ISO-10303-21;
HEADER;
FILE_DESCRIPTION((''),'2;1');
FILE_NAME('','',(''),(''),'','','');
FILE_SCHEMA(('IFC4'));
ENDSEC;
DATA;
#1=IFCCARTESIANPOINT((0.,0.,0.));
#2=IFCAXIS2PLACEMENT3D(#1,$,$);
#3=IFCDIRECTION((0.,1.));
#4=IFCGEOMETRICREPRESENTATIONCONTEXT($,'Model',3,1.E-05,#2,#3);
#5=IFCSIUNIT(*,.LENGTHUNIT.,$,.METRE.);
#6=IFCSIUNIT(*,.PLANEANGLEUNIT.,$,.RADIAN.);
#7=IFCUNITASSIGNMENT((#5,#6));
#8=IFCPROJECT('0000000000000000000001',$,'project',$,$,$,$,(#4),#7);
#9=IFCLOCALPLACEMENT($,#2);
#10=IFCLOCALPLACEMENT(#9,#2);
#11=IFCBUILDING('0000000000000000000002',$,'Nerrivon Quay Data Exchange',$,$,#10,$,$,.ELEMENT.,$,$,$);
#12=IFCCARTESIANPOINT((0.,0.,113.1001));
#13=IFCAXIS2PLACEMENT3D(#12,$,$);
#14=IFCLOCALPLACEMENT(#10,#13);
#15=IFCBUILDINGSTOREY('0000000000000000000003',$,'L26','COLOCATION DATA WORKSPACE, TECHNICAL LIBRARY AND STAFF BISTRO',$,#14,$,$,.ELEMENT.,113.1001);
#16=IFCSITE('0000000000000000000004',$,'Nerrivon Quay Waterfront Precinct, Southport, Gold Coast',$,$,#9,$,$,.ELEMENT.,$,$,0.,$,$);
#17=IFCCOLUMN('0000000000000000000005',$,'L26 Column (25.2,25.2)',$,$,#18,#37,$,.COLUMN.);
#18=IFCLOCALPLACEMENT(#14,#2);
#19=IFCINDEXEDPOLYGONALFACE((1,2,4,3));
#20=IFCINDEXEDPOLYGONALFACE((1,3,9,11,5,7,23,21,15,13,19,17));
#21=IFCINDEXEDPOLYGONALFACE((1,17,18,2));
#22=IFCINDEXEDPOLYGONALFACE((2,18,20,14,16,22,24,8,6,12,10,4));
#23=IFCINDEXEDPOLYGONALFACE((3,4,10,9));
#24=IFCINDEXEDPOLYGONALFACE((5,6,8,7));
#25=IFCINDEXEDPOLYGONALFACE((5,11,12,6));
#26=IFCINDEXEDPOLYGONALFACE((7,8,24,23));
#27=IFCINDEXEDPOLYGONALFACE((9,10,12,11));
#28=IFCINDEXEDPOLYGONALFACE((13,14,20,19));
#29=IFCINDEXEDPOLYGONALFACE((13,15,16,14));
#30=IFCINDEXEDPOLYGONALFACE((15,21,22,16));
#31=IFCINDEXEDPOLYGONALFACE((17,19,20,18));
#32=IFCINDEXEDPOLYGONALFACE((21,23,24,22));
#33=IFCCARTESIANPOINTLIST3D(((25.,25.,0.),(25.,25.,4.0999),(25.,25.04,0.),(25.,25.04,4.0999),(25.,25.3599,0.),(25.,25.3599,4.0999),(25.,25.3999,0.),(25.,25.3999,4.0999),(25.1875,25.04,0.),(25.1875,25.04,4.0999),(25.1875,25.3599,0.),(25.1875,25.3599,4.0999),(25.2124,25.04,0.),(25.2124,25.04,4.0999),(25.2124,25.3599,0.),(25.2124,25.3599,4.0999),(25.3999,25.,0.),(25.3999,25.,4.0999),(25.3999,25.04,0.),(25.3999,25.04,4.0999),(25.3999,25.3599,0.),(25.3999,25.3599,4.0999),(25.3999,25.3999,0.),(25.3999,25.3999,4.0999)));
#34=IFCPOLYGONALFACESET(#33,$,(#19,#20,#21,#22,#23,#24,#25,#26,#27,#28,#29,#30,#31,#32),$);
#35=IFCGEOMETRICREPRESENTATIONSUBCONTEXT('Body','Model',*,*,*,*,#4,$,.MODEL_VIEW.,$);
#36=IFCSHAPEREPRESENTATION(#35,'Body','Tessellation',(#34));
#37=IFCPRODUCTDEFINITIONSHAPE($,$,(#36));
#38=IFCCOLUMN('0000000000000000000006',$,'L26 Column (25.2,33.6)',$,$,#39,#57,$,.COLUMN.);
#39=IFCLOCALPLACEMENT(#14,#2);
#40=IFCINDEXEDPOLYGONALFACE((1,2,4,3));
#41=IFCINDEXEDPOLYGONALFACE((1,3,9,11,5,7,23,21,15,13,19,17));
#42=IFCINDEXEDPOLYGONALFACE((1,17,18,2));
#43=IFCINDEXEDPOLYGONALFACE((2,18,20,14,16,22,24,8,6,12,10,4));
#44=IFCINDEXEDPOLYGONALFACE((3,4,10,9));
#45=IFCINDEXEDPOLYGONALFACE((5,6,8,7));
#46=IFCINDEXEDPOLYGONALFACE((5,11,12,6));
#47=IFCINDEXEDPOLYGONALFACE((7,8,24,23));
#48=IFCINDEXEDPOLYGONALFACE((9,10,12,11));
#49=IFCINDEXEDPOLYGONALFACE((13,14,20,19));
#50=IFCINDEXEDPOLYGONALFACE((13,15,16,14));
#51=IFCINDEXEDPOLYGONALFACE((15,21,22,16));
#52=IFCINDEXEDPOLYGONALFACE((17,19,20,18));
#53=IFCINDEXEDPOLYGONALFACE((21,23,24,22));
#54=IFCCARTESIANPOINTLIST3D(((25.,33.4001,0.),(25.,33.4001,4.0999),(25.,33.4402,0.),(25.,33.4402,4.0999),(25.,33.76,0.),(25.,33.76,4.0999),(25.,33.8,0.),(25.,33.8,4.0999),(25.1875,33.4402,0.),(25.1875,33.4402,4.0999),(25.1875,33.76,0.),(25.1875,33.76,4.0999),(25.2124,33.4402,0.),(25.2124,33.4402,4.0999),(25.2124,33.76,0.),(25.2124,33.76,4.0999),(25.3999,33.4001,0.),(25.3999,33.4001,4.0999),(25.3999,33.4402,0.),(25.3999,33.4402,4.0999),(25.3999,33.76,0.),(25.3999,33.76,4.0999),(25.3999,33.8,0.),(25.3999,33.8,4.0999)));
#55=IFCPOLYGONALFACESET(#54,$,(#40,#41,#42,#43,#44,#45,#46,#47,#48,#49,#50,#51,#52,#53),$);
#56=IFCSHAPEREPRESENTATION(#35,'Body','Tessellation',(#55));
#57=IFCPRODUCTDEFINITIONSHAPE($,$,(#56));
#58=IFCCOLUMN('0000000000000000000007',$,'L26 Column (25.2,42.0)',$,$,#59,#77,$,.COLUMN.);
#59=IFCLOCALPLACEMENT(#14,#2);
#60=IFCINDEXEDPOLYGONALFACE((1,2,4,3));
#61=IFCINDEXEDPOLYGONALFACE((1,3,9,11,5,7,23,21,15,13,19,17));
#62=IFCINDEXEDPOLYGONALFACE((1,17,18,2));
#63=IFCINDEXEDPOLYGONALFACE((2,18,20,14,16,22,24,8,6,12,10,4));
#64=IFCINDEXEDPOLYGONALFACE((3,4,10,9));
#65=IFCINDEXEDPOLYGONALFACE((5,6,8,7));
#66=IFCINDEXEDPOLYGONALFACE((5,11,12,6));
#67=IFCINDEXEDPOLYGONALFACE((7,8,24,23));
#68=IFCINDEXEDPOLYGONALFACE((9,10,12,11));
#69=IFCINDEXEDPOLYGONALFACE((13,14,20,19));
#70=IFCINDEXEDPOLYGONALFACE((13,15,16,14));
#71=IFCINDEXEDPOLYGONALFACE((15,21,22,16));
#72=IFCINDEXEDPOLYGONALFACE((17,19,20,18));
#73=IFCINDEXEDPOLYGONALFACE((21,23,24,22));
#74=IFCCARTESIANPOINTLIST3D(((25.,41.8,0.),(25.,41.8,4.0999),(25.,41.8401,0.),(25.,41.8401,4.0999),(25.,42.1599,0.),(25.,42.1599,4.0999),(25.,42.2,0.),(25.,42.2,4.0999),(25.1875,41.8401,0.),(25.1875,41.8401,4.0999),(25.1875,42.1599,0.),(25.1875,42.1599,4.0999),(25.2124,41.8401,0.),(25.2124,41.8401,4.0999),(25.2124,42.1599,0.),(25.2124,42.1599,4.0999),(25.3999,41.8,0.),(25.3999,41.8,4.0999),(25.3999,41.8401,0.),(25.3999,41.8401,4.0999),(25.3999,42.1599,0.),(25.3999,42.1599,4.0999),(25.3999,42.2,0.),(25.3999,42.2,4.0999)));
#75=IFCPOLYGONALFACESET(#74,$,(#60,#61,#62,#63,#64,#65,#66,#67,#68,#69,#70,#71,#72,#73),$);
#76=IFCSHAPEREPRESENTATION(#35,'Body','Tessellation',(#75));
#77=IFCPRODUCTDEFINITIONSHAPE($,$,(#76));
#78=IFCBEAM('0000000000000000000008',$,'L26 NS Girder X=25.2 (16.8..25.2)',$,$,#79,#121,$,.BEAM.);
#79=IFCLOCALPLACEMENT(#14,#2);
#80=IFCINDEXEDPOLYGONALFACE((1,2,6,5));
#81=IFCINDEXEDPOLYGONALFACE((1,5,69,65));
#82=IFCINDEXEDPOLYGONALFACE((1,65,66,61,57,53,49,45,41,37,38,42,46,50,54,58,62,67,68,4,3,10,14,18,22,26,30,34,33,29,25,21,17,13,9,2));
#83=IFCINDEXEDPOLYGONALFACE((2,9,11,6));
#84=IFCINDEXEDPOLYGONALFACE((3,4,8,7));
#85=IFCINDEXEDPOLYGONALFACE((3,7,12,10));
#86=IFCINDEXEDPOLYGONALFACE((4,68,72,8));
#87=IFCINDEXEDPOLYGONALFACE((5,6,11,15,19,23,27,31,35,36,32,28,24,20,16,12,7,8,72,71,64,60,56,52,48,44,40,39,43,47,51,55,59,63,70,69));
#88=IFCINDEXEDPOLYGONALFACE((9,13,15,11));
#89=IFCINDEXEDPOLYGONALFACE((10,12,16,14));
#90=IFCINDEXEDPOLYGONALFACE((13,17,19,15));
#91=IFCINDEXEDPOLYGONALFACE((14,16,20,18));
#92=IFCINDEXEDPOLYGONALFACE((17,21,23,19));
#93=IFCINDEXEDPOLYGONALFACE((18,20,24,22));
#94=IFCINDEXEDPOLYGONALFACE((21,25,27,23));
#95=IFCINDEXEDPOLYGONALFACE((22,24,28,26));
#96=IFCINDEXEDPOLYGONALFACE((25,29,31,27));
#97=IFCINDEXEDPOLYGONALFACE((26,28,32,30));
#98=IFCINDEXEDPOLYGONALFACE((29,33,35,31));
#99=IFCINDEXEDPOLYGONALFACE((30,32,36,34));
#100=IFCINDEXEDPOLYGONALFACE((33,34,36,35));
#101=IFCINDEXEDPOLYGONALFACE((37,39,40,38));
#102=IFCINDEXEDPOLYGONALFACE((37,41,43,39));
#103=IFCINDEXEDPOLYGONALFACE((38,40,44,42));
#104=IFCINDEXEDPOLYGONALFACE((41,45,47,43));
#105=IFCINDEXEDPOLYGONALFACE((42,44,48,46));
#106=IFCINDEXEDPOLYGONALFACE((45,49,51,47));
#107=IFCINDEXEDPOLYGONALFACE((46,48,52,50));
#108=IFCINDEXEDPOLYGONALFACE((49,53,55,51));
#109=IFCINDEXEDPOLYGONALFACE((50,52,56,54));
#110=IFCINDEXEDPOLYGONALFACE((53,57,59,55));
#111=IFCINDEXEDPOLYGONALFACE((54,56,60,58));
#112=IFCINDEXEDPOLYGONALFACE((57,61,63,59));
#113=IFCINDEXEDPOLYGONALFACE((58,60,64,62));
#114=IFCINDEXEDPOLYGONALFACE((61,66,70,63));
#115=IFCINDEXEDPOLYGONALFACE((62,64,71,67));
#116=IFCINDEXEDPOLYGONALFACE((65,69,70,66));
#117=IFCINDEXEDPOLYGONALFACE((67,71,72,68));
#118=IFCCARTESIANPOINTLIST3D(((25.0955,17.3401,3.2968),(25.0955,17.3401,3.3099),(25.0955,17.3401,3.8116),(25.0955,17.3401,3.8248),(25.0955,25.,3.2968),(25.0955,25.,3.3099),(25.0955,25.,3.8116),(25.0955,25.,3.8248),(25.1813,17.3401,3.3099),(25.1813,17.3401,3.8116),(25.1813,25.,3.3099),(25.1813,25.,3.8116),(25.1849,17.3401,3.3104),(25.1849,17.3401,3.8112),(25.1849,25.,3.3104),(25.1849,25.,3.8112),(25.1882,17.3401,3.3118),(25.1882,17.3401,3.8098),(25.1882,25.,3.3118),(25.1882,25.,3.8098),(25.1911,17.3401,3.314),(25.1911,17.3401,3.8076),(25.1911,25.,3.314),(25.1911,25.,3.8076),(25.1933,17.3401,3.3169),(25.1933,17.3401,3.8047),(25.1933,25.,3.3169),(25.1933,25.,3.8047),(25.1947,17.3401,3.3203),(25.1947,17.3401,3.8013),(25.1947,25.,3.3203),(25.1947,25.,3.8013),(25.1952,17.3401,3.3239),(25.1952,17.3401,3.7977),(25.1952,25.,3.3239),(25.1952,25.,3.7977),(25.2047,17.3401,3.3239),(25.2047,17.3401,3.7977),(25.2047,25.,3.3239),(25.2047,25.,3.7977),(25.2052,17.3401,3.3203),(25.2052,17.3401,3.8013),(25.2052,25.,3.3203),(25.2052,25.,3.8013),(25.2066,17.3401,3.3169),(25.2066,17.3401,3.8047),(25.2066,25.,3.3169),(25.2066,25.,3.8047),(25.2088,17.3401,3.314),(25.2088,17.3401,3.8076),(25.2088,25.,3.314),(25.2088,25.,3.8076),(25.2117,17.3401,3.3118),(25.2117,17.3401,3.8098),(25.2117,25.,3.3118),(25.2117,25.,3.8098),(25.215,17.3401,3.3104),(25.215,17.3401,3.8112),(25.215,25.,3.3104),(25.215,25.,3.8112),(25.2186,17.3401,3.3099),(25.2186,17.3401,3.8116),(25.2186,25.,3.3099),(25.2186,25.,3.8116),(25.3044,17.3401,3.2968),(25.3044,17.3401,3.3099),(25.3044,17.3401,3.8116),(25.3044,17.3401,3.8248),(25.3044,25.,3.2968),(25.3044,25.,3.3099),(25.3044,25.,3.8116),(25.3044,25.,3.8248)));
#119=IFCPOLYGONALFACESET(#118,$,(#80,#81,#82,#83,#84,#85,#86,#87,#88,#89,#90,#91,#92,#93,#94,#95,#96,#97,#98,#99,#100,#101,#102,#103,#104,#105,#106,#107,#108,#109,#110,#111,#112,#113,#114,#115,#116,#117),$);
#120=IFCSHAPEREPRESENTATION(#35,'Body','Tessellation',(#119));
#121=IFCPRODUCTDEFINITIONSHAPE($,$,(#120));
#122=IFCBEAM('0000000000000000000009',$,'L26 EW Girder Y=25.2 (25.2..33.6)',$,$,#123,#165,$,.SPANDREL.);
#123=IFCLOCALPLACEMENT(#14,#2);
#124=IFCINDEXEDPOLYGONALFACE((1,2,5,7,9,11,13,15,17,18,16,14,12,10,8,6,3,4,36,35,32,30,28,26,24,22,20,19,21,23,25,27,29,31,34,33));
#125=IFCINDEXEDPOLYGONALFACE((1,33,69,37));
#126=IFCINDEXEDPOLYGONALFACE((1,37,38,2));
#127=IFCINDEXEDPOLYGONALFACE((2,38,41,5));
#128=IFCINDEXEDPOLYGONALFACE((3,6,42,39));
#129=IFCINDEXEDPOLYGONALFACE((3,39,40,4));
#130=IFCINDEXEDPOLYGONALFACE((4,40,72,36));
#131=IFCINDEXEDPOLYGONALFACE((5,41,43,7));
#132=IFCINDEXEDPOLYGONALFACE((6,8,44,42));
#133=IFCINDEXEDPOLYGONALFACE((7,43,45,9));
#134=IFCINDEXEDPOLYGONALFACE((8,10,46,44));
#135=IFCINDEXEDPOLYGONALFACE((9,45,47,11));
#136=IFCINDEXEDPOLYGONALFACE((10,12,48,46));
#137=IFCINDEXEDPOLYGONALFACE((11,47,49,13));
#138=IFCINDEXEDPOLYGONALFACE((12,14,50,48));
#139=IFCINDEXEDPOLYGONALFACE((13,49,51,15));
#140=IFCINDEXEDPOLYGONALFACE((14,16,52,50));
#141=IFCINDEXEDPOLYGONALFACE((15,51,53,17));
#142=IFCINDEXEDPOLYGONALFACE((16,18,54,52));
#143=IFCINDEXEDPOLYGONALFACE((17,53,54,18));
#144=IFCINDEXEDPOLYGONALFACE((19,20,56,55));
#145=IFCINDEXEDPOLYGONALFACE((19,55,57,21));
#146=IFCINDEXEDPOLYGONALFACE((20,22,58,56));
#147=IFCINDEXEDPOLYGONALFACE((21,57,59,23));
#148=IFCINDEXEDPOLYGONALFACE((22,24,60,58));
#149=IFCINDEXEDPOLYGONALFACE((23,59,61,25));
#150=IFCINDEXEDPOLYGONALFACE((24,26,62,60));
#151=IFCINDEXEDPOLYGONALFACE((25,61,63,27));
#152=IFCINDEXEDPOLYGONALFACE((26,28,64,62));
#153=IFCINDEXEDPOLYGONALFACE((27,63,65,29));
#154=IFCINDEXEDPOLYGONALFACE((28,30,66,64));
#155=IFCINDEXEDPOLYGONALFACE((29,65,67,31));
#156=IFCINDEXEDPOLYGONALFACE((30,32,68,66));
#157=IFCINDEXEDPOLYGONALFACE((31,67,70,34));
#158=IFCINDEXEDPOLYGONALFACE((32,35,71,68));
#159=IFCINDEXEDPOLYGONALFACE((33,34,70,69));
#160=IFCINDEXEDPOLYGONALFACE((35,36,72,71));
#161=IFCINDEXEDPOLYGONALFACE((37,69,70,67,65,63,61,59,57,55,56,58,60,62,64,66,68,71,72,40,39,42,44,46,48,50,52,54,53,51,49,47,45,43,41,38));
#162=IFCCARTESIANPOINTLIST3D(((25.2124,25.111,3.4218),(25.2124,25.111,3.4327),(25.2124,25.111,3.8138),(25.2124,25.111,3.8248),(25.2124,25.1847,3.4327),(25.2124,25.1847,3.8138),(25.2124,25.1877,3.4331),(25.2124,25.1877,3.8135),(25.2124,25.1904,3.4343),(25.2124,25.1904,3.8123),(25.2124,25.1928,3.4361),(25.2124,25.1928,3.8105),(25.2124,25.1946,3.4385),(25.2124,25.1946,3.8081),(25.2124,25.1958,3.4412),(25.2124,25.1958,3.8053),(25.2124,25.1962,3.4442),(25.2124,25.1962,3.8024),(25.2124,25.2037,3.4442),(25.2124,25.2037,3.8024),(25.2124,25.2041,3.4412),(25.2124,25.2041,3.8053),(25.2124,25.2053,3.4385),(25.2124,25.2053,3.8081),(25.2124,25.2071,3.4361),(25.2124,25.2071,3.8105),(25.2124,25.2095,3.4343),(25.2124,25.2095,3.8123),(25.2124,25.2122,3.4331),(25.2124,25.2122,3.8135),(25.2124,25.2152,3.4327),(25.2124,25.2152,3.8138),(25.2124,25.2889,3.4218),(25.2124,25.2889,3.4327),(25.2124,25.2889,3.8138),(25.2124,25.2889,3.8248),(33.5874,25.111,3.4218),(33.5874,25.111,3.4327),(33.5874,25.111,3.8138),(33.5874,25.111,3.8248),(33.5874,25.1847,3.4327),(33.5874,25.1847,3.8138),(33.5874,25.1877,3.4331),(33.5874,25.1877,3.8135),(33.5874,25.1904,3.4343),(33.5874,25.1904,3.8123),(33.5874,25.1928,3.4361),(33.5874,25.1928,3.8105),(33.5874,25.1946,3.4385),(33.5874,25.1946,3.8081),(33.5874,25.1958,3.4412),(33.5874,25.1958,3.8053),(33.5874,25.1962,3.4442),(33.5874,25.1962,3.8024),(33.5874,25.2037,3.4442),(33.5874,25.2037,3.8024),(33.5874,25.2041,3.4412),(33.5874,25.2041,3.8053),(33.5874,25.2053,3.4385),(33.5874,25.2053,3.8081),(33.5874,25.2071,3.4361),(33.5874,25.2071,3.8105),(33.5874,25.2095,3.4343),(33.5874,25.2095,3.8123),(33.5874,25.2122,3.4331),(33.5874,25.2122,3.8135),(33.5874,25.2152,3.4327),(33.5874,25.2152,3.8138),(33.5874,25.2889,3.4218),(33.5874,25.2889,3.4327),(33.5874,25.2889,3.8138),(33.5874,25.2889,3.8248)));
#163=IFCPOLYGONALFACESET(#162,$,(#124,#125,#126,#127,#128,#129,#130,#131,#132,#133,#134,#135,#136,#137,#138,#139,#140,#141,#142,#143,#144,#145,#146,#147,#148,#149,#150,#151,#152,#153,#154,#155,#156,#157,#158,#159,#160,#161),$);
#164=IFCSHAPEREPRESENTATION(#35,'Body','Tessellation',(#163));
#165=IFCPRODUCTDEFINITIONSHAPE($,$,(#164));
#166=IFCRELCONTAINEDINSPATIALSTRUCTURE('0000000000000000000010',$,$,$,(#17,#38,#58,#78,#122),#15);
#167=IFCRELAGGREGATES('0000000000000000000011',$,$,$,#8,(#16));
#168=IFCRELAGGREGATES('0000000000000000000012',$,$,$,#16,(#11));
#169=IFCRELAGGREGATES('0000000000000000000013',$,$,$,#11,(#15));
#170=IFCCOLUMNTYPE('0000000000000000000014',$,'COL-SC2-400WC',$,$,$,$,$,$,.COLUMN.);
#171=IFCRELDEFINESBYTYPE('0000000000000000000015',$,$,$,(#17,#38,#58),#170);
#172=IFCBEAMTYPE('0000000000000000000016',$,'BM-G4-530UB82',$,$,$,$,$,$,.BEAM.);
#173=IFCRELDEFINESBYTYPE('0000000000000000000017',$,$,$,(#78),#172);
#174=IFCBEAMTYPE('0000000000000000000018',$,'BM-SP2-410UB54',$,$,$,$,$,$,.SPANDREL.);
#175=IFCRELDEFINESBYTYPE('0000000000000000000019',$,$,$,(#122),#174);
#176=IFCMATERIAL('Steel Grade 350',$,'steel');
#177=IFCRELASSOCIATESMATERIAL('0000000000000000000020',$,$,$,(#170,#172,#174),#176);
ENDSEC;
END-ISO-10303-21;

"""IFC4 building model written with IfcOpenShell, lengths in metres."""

from ifc_helpers import new_model, si_unit, direction, frame, origin, origin_2d, place, context, subcontext, project, spatial, i_section, extrude, material, material_profile, profile_set, type_object, element, save


model = new_model("IFC4")

# Units and contexts
model_context = context("Model", 3, precision=1e-05, world=origin(), true_north=direction((0.0, 1.0)))
body_context = subcontext(model_context, "Body", "Model", "MODEL_VIEW")
ifc_project = project(units=[si_unit("LENGTHUNIT", "METRE"), si_unit("PLANEANGLEUNIT", "RADIAN")], contexts=[model_context])

# Site, building, storey
site_placement = place(None, origin())
site = spatial("IfcSite", under=ifc_project, at=site_placement, Name="Nerrivon Quay Waterfront Precinct, Southport, Gold Coast", CompositionType="ELEMENT", RefElevation=0.0)
building_placement = place(site_placement, origin())
building = spatial("IfcBuilding", under=site, at=building_placement, Name="Nerrivon Quay Data Exchange", CompositionType="ELEMENT")
storey_placement = place(building_placement, frame((0.0, 0.0, 113.1001)))
storey = spatial("IfcBuildingStorey", under=building, at=storey_placement, Name="L26", Description="COLOCATION DATA WORKSPACE, TECHNICAL LIBRARY AND STAFF BISTRO", CompositionType="ELEMENT", Elevation=113.1001)

# Columns
ifc_material_1 = material(Name="Steel Grade 350", Category="steel")
ifc_material_profile_1 = material_profile(ifc_material_1, i_section(OverallWidth=0.3999, OverallDepth=0.3999, WebThickness=0.0249, FlangeThickness=0.04, at=origin_2d()), Name="400WC328")
ifc_profile_set_1 = profile_set([ifc_material_profile_1], Name="Steel Grade 350")
column_type = type_object("IfcColumnType", Name="COL-SC2-400WC", PredefinedType="COLUMN", material=ifc_profile_set_1)
for number, where, z_axis, x_axis, name in (
    (1, (25.2, 25.2, 0.0), (0.0, 0.0, 1.0), (1.0, 0.0, 0.0), "L26 Column (25.2,25.2)"),
    (2, (25.2, 33.6001, 0.0), (0.0, 0.0, 1.0), (1.0, 0.0, 0.0), "L26 Column (25.2,33.6)"),
    (3, (25.2, 42.0, 0.0), (0.0, 0.0, 1.0), (1.0, 0.0, 0.0), "L26 Column (25.2,42.0)"),
):
    element("IfcColumn", number, at=place(storey_placement, frame(where, z_axis=z_axis, x_axis=x_axis)), inside=storey, type_object=column_type, Name=name, PredefinedType="COLUMN", context=body_context, shape_type="SweptSolid", body=[
        extrude(i_section(OverallWidth=0.3999, OverallDepth=0.3999, WebThickness=0.0249, FlangeThickness=0.04, at=origin_2d()), origin(), (0.0, 0.0, 1.0), 4.0999),
    ])

# Beams
ifc_material_profile_2 = material_profile(ifc_material_1, i_section(OverallWidth=0.209, OverallDepth=0.5281, WebThickness=0.0095, FlangeThickness=0.0132, FilletRadius=0.0139, at=origin_2d()), Name="530UB82.0")
ifc_profile_set_2 = profile_set([ifc_material_profile_2], Name="Steel Grade 350")
beam_type_1 = type_object("IfcBeamType", Name="BM-G4-530UB82", PredefinedType="BEAM", material=ifc_profile_set_2)
beam_1_placement = place(storey_placement, frame((25.2, 17.3401, 3.5608), z_axis=(0.0, 1.0, 0.0), x_axis=(-1.0, 0.0, 0.0)))
element("IfcBeam", 4, at=beam_1_placement, inside=storey, type_object=beam_type_1, Name="L26 NS Girder X=25.2 (16.8..25.2)", PredefinedType="BEAM", context=body_context, shape_type="SweptSolid", body=[
    extrude(i_section(OverallWidth=0.209, OverallDepth=0.5281, WebThickness=0.0095, FlangeThickness=0.0132, FilletRadius=0.0139, at=origin_2d()), origin(), (0.0, 0.0, 1.0), 7.6599),
])
ifc_material_profile_3 = material_profile(ifc_material_1, i_section(OverallWidth=0.178, OverallDepth=0.4031, WebThickness=0.0076, FlangeThickness=0.011, FilletRadius=0.0115, at=origin_2d()), Name="410UB53.7")
ifc_profile_set_3 = profile_set([ifc_material_profile_3], Name="Steel Grade 350")
beam_type_2 = type_object("IfcBeamType", Name="BM-SP2-410UB54", PredefinedType="SPANDREL", material=ifc_profile_set_3)
beam_2_placement = place(storey_placement, frame((25.2124, 25.2, 3.6233), z_axis=(1.0, 0.0, 0.0), x_axis=(0.0, 1.0, 0.0)))
element("IfcBeam", 5, at=beam_2_placement, inside=storey, type_object=beam_type_2, Name="L26 EW Girder Y=25.2 (25.2..33.6)", PredefinedType="SPANDREL", context=body_context, shape_type="SweptSolid", body=[
    extrude(i_section(OverallWidth=0.178, OverallDepth=0.4031, WebThickness=0.0076, FlangeThickness=0.011, FilletRadius=0.0115, at=origin_2d()), origin(), (0.0, 0.0, 1.0), 8.375),
])

save(model, "model.ifc")
